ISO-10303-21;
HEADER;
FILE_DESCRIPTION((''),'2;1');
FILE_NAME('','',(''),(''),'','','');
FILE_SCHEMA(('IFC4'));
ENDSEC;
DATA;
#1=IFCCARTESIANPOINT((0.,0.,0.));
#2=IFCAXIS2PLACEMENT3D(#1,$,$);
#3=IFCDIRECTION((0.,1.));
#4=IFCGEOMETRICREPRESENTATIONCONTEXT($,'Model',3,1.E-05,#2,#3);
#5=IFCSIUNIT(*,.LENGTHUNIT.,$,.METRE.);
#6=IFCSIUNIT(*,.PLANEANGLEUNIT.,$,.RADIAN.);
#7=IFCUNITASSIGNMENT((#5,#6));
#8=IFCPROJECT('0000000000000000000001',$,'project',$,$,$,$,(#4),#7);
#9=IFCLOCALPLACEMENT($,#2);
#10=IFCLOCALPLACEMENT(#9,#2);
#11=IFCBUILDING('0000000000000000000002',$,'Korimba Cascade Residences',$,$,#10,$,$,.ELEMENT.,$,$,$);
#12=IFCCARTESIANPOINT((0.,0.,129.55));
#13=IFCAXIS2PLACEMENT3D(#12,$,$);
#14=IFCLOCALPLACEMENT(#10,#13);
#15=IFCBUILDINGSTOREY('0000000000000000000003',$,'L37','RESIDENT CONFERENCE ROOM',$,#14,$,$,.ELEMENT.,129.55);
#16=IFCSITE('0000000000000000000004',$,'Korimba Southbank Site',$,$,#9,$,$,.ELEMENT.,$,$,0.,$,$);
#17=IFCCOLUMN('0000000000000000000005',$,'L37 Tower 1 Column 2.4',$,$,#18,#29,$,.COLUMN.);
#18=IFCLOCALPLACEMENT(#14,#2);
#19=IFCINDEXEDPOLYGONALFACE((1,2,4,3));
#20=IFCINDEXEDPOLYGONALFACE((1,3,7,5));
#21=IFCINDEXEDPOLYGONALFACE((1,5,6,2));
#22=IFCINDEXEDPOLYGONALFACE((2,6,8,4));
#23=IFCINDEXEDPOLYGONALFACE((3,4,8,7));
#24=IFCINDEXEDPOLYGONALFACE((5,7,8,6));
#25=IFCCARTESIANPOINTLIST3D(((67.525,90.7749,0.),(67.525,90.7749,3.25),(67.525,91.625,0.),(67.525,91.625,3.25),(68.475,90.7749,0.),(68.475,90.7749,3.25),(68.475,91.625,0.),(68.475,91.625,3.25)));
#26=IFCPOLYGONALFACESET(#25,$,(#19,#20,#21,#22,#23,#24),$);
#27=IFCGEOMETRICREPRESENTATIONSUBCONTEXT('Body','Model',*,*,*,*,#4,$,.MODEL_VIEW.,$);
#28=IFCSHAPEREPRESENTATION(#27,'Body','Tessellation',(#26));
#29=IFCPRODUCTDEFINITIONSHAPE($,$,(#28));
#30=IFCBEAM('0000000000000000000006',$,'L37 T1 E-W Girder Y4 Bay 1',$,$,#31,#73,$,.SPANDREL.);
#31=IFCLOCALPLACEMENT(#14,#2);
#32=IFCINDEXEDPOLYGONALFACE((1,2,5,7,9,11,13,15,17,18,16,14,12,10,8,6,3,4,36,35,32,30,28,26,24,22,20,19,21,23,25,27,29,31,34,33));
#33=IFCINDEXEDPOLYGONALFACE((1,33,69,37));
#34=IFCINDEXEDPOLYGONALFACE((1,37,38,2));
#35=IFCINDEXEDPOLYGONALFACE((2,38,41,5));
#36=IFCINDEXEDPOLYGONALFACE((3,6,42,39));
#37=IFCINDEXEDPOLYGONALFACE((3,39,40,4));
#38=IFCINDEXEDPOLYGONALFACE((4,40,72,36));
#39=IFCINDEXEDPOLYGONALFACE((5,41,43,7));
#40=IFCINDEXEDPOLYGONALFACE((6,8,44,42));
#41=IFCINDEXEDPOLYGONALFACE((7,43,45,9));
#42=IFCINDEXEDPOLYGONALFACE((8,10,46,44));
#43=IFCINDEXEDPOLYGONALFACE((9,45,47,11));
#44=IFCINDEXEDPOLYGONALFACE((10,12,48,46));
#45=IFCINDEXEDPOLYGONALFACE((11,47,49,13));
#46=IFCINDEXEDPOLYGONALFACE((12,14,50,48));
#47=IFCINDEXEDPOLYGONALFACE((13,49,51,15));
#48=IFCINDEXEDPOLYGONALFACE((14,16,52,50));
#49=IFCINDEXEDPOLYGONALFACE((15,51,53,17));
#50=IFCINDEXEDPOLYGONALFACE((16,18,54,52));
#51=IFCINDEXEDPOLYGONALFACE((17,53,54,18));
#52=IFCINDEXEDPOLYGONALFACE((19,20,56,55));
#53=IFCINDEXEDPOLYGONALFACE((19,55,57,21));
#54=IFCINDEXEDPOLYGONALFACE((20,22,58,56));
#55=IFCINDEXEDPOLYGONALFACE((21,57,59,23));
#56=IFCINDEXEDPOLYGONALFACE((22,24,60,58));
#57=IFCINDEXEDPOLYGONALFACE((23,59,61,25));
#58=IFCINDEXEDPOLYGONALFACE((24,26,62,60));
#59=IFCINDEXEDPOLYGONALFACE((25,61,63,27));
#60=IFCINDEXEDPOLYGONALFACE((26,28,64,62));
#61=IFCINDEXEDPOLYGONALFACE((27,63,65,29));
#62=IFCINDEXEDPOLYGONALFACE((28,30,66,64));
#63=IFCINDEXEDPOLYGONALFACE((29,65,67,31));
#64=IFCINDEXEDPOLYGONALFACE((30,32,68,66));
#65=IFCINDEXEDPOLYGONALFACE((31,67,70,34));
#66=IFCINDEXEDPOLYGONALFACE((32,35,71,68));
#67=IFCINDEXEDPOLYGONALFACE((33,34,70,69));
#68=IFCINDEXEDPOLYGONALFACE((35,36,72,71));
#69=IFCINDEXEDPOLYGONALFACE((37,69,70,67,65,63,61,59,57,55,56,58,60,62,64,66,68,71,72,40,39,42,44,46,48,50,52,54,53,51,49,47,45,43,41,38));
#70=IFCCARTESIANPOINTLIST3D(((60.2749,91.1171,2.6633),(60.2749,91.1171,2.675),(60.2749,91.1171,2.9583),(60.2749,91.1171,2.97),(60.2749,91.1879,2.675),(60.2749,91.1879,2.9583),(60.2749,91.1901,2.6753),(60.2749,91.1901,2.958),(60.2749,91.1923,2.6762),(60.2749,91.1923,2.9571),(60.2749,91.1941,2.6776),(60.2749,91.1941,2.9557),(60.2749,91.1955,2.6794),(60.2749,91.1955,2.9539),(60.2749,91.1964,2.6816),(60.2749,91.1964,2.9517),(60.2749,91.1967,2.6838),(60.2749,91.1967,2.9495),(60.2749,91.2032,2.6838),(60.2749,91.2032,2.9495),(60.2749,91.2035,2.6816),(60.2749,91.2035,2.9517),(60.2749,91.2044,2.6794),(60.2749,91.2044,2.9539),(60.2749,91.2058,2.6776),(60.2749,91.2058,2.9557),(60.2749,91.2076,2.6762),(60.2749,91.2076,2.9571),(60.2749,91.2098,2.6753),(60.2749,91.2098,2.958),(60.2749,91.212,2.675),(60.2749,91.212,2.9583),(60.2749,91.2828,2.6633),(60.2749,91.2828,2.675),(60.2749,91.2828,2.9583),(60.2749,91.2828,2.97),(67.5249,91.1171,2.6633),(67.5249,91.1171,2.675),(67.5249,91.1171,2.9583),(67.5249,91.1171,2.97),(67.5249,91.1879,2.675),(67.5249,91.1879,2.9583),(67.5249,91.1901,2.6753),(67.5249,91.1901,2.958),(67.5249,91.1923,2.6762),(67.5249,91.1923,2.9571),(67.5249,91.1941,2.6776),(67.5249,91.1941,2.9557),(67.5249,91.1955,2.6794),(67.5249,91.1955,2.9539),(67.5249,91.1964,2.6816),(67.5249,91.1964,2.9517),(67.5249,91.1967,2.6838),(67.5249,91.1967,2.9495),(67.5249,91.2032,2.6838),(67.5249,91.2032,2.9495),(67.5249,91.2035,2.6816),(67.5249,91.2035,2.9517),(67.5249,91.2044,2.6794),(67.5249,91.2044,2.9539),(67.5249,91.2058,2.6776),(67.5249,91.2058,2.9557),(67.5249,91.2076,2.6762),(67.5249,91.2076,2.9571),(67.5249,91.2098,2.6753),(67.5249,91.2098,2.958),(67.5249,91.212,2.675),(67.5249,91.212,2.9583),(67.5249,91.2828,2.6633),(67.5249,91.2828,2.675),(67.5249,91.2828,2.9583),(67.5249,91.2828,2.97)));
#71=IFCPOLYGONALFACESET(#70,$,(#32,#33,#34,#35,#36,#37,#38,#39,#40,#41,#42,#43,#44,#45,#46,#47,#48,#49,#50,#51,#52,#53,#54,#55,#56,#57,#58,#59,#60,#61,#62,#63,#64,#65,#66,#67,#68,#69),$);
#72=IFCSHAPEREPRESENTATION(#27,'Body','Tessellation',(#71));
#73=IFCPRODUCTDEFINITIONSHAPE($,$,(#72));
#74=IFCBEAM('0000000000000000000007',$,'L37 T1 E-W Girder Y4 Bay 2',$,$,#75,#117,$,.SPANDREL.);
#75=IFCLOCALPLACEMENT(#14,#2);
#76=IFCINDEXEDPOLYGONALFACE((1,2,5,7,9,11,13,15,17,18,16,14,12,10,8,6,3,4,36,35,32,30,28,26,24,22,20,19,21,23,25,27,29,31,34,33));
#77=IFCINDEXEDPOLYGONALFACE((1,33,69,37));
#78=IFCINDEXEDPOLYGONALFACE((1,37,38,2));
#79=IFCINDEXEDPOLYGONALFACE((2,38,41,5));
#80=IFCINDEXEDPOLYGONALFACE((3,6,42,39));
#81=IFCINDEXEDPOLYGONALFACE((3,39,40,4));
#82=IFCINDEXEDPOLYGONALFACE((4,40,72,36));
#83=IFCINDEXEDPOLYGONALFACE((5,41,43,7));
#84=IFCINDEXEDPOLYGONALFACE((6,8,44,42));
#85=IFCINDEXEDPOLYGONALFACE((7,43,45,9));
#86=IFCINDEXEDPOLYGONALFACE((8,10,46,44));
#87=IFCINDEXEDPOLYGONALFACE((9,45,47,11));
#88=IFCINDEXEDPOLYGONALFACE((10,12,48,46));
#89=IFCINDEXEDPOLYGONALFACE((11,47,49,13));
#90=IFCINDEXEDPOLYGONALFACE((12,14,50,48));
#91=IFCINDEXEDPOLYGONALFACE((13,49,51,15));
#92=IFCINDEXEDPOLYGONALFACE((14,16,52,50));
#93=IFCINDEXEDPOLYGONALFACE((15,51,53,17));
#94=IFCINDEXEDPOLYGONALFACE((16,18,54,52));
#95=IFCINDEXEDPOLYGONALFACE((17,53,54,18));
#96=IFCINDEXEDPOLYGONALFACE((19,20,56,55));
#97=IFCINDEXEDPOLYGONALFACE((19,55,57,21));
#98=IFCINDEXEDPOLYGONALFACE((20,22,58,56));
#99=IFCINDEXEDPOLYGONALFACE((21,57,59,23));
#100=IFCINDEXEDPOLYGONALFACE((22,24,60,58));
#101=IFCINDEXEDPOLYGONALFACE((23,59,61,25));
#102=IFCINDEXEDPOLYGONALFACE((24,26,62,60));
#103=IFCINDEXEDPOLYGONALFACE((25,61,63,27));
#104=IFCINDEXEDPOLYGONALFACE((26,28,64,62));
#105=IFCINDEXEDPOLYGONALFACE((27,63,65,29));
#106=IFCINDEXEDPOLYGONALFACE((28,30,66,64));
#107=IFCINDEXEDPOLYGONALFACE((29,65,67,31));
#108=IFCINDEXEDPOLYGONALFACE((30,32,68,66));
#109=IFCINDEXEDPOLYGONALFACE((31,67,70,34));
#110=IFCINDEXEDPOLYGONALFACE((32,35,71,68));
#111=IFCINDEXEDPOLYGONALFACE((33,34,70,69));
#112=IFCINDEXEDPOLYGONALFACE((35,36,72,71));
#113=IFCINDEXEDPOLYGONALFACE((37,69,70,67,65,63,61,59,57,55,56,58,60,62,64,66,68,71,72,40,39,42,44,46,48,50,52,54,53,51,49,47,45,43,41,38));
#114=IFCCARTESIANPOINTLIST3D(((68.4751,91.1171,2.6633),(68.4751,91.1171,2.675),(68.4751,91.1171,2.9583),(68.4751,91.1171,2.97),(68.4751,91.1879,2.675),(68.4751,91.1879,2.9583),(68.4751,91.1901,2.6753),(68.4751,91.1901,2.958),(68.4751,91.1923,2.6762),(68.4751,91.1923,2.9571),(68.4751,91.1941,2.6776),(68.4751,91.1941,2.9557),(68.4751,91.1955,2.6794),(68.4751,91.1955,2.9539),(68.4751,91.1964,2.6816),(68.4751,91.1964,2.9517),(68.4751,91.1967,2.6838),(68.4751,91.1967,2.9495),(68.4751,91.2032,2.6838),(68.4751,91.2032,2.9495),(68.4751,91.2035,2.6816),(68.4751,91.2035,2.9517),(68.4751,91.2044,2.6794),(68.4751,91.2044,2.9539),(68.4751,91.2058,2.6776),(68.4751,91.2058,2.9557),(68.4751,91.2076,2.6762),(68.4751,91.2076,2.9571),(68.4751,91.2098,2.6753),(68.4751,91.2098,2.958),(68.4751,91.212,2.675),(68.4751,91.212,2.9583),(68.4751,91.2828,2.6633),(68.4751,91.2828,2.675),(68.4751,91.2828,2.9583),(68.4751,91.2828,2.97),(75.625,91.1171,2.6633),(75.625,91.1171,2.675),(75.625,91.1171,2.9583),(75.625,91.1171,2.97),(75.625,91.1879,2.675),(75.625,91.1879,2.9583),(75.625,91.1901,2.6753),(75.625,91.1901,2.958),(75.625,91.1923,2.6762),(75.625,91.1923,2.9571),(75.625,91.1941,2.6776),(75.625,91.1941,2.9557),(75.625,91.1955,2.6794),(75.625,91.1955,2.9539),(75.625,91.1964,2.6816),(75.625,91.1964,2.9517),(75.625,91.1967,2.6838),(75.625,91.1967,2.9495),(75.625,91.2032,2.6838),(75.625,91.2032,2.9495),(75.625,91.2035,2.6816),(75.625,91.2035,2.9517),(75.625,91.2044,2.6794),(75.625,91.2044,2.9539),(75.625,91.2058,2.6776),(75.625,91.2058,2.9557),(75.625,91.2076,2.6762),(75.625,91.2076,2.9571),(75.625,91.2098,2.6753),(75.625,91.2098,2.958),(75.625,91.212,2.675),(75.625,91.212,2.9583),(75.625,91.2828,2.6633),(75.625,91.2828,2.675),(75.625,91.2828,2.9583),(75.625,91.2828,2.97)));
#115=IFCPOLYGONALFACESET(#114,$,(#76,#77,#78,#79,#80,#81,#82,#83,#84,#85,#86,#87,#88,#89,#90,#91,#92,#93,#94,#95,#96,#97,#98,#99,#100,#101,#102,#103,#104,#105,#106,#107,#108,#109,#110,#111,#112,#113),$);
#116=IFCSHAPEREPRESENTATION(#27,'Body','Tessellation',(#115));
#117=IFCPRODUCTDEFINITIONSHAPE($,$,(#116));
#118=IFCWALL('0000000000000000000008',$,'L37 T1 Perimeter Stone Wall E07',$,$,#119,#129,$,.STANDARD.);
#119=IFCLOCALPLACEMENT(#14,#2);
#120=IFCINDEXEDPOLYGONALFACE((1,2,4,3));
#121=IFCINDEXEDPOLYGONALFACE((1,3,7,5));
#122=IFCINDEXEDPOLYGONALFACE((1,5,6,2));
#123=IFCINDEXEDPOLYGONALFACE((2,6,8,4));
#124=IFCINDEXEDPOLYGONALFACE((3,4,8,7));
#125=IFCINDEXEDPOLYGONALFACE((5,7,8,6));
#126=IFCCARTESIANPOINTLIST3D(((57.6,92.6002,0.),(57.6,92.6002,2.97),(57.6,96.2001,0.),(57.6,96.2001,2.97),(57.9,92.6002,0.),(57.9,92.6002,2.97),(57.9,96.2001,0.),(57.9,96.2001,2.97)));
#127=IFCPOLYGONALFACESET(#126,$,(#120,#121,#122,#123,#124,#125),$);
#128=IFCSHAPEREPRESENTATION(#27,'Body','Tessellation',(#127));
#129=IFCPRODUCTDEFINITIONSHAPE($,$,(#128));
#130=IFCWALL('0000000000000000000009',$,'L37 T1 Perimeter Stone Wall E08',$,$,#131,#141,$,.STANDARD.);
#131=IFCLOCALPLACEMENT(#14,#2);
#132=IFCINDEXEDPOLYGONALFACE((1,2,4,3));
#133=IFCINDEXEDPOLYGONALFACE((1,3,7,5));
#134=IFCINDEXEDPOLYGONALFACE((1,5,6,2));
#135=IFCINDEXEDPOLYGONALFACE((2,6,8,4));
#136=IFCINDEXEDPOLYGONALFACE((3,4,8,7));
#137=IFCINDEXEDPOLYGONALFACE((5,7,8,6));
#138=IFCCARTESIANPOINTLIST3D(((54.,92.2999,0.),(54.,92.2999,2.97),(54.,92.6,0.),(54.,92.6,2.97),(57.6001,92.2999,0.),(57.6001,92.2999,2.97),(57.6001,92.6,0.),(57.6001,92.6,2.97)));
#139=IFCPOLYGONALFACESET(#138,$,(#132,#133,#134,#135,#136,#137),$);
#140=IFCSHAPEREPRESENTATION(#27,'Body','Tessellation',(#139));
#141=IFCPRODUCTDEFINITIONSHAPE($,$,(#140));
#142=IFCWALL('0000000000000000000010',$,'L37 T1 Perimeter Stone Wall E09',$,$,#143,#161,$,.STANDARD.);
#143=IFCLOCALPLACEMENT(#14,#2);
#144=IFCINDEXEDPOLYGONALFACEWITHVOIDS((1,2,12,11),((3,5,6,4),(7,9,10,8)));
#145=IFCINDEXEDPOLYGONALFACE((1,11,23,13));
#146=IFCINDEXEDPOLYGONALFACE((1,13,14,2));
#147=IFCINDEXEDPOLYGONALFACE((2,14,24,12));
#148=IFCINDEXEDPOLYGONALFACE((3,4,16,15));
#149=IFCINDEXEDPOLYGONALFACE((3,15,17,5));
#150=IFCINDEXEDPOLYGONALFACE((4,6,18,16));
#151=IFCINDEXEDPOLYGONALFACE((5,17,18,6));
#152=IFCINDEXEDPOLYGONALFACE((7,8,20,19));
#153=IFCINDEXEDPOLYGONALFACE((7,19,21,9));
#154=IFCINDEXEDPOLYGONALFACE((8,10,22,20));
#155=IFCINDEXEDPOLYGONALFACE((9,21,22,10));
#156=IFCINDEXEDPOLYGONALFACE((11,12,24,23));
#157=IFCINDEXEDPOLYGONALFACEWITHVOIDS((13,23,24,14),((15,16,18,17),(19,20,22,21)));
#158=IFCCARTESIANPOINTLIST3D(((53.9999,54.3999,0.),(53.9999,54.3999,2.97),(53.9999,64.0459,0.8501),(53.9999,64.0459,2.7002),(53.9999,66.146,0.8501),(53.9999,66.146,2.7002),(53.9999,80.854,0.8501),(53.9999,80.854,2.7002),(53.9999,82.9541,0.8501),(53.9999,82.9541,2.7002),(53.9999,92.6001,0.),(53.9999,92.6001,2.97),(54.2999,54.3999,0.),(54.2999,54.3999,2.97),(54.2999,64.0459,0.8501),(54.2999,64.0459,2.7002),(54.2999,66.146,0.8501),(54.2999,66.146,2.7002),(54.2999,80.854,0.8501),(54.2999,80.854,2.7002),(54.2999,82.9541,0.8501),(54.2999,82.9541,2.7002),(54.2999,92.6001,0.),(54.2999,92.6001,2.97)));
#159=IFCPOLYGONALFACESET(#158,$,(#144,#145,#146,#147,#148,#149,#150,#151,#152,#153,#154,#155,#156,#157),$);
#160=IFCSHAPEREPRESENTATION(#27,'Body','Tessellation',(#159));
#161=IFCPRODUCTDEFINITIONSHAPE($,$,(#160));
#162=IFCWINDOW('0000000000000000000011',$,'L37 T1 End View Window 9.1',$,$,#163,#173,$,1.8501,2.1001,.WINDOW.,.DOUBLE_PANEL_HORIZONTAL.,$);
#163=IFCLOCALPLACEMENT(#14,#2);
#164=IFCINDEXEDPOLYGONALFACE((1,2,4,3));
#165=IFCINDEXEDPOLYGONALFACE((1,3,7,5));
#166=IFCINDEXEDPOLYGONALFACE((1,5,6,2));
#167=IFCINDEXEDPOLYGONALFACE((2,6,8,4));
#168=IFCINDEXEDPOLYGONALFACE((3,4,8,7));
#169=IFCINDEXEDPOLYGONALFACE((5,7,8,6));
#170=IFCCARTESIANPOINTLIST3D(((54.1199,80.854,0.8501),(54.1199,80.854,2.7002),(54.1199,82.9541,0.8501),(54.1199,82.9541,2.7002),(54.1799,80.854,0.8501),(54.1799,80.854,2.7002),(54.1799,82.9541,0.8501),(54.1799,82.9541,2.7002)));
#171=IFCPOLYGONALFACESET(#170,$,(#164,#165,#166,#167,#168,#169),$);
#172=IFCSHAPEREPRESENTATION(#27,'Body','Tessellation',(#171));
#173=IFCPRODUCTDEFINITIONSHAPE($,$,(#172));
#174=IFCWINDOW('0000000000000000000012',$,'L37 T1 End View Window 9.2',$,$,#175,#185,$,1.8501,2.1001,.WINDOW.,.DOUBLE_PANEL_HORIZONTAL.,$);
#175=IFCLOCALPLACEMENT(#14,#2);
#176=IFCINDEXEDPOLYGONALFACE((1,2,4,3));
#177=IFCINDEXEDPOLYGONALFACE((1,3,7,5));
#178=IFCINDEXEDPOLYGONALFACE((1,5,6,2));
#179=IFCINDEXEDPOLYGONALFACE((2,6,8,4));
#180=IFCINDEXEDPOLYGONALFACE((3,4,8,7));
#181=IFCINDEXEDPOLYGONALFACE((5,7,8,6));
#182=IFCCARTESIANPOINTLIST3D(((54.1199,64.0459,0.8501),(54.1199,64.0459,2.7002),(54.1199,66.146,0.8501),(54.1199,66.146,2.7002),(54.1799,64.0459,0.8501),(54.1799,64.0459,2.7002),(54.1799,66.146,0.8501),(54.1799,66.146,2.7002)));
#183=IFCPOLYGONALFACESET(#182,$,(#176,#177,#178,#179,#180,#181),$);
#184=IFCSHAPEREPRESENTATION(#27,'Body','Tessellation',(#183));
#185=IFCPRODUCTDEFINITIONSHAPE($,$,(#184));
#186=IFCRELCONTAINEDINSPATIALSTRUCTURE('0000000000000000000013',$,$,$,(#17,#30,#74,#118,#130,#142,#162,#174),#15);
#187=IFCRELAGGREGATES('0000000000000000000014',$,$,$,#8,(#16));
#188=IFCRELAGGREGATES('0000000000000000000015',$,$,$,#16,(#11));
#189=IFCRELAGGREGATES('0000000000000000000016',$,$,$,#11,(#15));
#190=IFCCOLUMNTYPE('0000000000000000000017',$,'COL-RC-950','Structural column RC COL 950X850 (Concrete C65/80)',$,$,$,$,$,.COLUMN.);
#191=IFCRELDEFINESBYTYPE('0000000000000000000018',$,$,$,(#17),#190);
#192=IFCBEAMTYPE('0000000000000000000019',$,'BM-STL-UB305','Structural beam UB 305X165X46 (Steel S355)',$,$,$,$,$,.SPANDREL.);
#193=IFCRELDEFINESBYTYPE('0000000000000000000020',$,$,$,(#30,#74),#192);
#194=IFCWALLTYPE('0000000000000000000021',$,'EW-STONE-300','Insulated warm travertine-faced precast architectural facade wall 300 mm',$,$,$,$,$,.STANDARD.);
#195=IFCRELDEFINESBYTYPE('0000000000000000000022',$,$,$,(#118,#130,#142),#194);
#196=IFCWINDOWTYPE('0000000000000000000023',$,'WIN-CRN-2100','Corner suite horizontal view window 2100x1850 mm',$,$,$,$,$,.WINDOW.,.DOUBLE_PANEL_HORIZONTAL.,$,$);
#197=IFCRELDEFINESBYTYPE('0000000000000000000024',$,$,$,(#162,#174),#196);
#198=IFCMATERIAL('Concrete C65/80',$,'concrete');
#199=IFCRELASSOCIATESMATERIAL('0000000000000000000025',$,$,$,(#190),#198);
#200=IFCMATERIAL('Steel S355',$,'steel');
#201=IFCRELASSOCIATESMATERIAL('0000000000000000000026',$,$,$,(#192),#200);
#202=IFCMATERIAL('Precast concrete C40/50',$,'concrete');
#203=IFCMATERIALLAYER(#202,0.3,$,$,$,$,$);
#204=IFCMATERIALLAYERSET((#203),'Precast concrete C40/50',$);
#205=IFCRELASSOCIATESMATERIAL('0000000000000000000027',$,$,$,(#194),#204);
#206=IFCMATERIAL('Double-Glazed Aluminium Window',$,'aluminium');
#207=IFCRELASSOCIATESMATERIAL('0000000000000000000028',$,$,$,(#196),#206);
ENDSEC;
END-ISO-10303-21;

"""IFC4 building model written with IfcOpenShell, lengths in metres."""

from ifc_helpers import new_model, si_unit, direction, frame, frame_2d, origin, origin_2d, place, context, subcontext, project, spatial, rectangle, i_section, extrude, material, layer, layer_set, material_profile, profile_set, type_object, element, fill, save


model = new_model("IFC4")

# Units and contexts
model_context = context("Model", 3, precision=1e-05, world=origin(), true_north=direction((0.0, 1.0)))
body_context = subcontext(model_context, "Body", "Model", "MODEL_VIEW")
ifc_project = project(units=[si_unit("LENGTHUNIT", "METRE"), si_unit("PLANEANGLEUNIT", "RADIAN")], contexts=[model_context])

# Site, building, storey
site_placement = place(None, origin())
site = spatial("IfcSite", under=ifc_project, at=site_placement, Name="Korimba Southbank Site", CompositionType="ELEMENT", RefElevation=0.0)
building_placement = place(site_placement, origin())
building = spatial("IfcBuilding", under=site, at=building_placement, Name="Korimba Cascade Residences", CompositionType="ELEMENT")
storey_placement = place(building_placement, frame((0.0, 0.0, 129.55)))
storey = spatial("IfcBuildingStorey", under=building, at=storey_placement, Name="L37", Description="RESIDENT CONFERENCE ROOM", CompositionType="ELEMENT", Elevation=129.55)

# Column
ifc_material_1 = material(Name="Concrete C65/80", Category="concrete")
ifc_material_profile_1 = material_profile(ifc_material_1, rectangle(XDim=0.95, YDim=0.8501, at=origin_2d()), Name="Concrete C65/80")
ifc_profile_set_1 = profile_set([ifc_material_profile_1], Name="Concrete C65/80")
column_type = type_object("IfcColumnType", Name="COL-RC-950", Description="Structural column RC COL 950X850 (Concrete C65/80)", PredefinedType="COLUMN", material=ifc_profile_set_1)
column_placement = place(storey_placement, frame((68.0, 91.2, 0.0), z_axis=(0.0, 0.0, 1.0), x_axis=(1.0, 0.0, 0.0)))
element("IfcColumn", 1, at=column_placement, inside=storey, type_object=column_type, Name="L37 Tower 1 Column 2.4", PredefinedType="COLUMN", context=body_context, shape_type="SweptSolid", body=[
    extrude(rectangle(XDim=0.95, YDim=0.8501, at=origin_2d()), origin(), (0.0, 0.0, 1.0), 3.25),
])

# Beams
ifc_material_2 = material(Name="Steel S355", Category="steel")
ifc_material_profile_2 = material_profile(ifc_material_2, i_section(OverallWidth=0.1658, OverallDepth=0.3066, WebThickness=0.0066, FlangeThickness=0.0117, FilletRadius=0.0088, at=origin_2d()), Name="Steel S355")
ifc_profile_set_2 = profile_set([ifc_material_profile_2], Name="Steel S355")
beam_type = type_object("IfcBeamType", Name="BM-STL-UB305", Description="Structural beam UB 305X165X46 (Steel S355)", PredefinedType="SPANDREL", material=ifc_profile_set_2)
beam_1_placement = place(storey_placement, frame((60.2749, 91.2, 2.8167), z_axis=(1.0, 0.0, 0.0), x_axis=(0.0, 1.0, 0.0)))
element("IfcBeam", 2, at=beam_1_placement, inside=storey, type_object=beam_type, Name="L37 T1 E-W Girder Y4 Bay 1", PredefinedType="SPANDREL", context=body_context, shape_type="SweptSolid", body=[
    extrude(i_section(OverallWidth=0.1658, OverallDepth=0.3066, WebThickness=0.0066, FlangeThickness=0.0117, FilletRadius=0.0088, at=origin_2d()), origin(), (0.0, 0.0, 1.0), 7.25),
])
beam_2_placement = place(storey_placement, frame((68.4751, 91.2, 2.8167), z_axis=(1.0, 0.0, 0.0), x_axis=(0.0, 1.0, 0.0)))
element("IfcBeam", 3, at=beam_2_placement, inside=storey, type_object=beam_type, Name="L37 T1 E-W Girder Y4 Bay 2", PredefinedType="SPANDREL", context=body_context, shape_type="SweptSolid", body=[
    extrude(i_section(OverallWidth=0.1658, OverallDepth=0.3066, WebThickness=0.0066, FlangeThickness=0.0117, FilletRadius=0.0088, at=origin_2d()), origin(), (0.0, 0.0, 1.0), 7.1499),
])

# Walls
ifc_material_3 = material(Name="Precast concrete C40/50", Category="concrete")
ifc_layer_1 = layer(ifc_material_3, 0.3)
ifc_layer_set_1 = layer_set([ifc_layer_1], Name="Precast concrete C40/50")
wall_type_1 = type_object("IfcWallType", Name="EW-STONE-300", Description="Insulated warm travertine-faced precast architectural facade wall 300 mm", PredefinedType="STANDARD", material=ifc_layer_set_1)
wall_1_placement = place(storey_placement, frame((57.75, 96.2, 0.0), z_axis=(0.0, 0.0, 1.0), x_axis=(0.0, -1.0, 0.0)))
element("IfcWall", 4, at=wall_1_placement, inside=storey, type_object=wall_type_1, Name="L37 T1 Perimeter Stone Wall E07", PredefinedType="STANDARD", context=body_context, shape_type="SweptSolid", body=[
    extrude(rectangle(XDim=3.5999, YDim=0.3, at=frame_2d((1.7998, 0.0))), origin(), (0.0, 0.0, 1.0), 2.97),
])
wall_2_placement = place(storey_placement, frame((57.6001, 92.45, 0.0), z_axis=(0.0, 0.0, 1.0), x_axis=(-1.0, 0.0, 0.0)))
element("IfcWall", 5, at=wall_2_placement, inside=storey, type_object=wall_type_1, Name="L37 T1 Perimeter Stone Wall E08", PredefinedType="STANDARD", context=body_context, shape_type="SweptSolid", body=[
    extrude(rectangle(XDim=3.6001, YDim=0.3, at=frame_2d((1.8, 0.0))), origin(), (0.0, 0.0, 1.0), 2.97),
])

# Wall, openings, windows
wall_3_placement = place(storey_placement, frame((54.1499, 92.6001, 0.0), z_axis=(0.0, 0.0, 1.0), x_axis=(0.0, -1.0, 0.0)))
wall_3 = element("IfcWall", 6, at=wall_3_placement, inside=storey, type_object=wall_type_1, Name="L37 T1 Perimeter Stone Wall E09", PredefinedType="STANDARD", context=body_context, shape_type="SweptSolid", body=[
    extrude(rectangle(XDim=38.2002, YDim=0.3, at=frame_2d((19.1001, 0.0))), origin(), (0.0, 0.0, 1.0), 2.97),
])
opening_1_placement = place(wall_3_placement, frame((9.646, 0.0, 0.8501)))
opening_1 = element("IfcOpeningElement", 7, at=opening_1_placement, cuts=wall_3, PredefinedType="OPENING", context=body_context, shape_type="SweptSolid", body=[
    extrude(rectangle(XDim=2.1001, YDim=1.8501, at=frame_2d((1.05, 0.925))), frame((0.0, 0.1602, 0.0), z_axis=(0.0, -1.0, 0.0), x_axis=(1.0, 0.0, 0.0)), (0.0, 0.0, 1.0), 0.3201),
])
opening_2_placement = place(wall_3_placement, frame((26.4541, 0.0, 0.8501)))
opening_2 = element("IfcOpeningElement", 8, at=opening_2_placement, cuts=wall_3, PredefinedType="OPENING", context=body_context, shape_type="SweptSolid", body=[
    extrude(rectangle(XDim=2.1001, YDim=1.8501, at=frame_2d((1.05, 0.925))), frame((0.0, 0.1602, 0.0), z_axis=(0.0, -1.0, 0.0), x_axis=(1.0, 0.0, 0.0)), (0.0, 0.0, 1.0), 0.3201),
])
ifc_material_4 = material(Name="Double-Glazed Aluminium Window", Category="aluminium")
window_type = type_object("IfcWindowType", Name="WIN-CRN-2100", Description="Corner suite horizontal view window 2100x1850 mm", PartitioningType="DOUBLE_PANEL_HORIZONTAL", PredefinedType="WINDOW", material=ifc_material_4)
window_1_placement = place(opening_1_placement, origin())
window_1 = element("IfcWindow", 9, at=window_1_placement, inside=storey, type_object=window_type, Name="L37 T1 End View Window 9.1", OverallHeight=1.8501, OverallWidth=2.1001, PartitioningType="DOUBLE_PANEL_HORIZONTAL", PredefinedType="WINDOW", context=body_context, shape_type="SweptSolid", body=[
    extrude(rectangle(XDim=2.1001, YDim=1.8501, at=frame_2d((1.05, 0.925))), frame((0.0, 0.03, 0.0), z_axis=(0.0, -1.0, 0.0), x_axis=(1.0, 0.0, 0.0)), (0.0, 0.0, 1.0), 0.0601),
])
fill(opening_1, window_1)
window_2_placement = place(opening_2_placement, origin())
window_2 = element("IfcWindow", 10, at=window_2_placement, inside=storey, type_object=window_type, Name="L37 T1 End View Window 9.2", OverallHeight=1.8501, OverallWidth=2.1001, PartitioningType="DOUBLE_PANEL_HORIZONTAL", PredefinedType="WINDOW", context=body_context, shape_type="SweptSolid", body=[
    extrude(rectangle(XDim=2.1001, YDim=1.8501, at=frame_2d((1.05, 0.925))), frame((0.0, 0.03, 0.0), z_axis=(0.0, -1.0, 0.0), x_axis=(1.0, 0.0, 0.0)), (0.0, 0.0, 1.0), 0.0601),
])
fill(opening_2, window_2)

save(model, "model.ifc")
